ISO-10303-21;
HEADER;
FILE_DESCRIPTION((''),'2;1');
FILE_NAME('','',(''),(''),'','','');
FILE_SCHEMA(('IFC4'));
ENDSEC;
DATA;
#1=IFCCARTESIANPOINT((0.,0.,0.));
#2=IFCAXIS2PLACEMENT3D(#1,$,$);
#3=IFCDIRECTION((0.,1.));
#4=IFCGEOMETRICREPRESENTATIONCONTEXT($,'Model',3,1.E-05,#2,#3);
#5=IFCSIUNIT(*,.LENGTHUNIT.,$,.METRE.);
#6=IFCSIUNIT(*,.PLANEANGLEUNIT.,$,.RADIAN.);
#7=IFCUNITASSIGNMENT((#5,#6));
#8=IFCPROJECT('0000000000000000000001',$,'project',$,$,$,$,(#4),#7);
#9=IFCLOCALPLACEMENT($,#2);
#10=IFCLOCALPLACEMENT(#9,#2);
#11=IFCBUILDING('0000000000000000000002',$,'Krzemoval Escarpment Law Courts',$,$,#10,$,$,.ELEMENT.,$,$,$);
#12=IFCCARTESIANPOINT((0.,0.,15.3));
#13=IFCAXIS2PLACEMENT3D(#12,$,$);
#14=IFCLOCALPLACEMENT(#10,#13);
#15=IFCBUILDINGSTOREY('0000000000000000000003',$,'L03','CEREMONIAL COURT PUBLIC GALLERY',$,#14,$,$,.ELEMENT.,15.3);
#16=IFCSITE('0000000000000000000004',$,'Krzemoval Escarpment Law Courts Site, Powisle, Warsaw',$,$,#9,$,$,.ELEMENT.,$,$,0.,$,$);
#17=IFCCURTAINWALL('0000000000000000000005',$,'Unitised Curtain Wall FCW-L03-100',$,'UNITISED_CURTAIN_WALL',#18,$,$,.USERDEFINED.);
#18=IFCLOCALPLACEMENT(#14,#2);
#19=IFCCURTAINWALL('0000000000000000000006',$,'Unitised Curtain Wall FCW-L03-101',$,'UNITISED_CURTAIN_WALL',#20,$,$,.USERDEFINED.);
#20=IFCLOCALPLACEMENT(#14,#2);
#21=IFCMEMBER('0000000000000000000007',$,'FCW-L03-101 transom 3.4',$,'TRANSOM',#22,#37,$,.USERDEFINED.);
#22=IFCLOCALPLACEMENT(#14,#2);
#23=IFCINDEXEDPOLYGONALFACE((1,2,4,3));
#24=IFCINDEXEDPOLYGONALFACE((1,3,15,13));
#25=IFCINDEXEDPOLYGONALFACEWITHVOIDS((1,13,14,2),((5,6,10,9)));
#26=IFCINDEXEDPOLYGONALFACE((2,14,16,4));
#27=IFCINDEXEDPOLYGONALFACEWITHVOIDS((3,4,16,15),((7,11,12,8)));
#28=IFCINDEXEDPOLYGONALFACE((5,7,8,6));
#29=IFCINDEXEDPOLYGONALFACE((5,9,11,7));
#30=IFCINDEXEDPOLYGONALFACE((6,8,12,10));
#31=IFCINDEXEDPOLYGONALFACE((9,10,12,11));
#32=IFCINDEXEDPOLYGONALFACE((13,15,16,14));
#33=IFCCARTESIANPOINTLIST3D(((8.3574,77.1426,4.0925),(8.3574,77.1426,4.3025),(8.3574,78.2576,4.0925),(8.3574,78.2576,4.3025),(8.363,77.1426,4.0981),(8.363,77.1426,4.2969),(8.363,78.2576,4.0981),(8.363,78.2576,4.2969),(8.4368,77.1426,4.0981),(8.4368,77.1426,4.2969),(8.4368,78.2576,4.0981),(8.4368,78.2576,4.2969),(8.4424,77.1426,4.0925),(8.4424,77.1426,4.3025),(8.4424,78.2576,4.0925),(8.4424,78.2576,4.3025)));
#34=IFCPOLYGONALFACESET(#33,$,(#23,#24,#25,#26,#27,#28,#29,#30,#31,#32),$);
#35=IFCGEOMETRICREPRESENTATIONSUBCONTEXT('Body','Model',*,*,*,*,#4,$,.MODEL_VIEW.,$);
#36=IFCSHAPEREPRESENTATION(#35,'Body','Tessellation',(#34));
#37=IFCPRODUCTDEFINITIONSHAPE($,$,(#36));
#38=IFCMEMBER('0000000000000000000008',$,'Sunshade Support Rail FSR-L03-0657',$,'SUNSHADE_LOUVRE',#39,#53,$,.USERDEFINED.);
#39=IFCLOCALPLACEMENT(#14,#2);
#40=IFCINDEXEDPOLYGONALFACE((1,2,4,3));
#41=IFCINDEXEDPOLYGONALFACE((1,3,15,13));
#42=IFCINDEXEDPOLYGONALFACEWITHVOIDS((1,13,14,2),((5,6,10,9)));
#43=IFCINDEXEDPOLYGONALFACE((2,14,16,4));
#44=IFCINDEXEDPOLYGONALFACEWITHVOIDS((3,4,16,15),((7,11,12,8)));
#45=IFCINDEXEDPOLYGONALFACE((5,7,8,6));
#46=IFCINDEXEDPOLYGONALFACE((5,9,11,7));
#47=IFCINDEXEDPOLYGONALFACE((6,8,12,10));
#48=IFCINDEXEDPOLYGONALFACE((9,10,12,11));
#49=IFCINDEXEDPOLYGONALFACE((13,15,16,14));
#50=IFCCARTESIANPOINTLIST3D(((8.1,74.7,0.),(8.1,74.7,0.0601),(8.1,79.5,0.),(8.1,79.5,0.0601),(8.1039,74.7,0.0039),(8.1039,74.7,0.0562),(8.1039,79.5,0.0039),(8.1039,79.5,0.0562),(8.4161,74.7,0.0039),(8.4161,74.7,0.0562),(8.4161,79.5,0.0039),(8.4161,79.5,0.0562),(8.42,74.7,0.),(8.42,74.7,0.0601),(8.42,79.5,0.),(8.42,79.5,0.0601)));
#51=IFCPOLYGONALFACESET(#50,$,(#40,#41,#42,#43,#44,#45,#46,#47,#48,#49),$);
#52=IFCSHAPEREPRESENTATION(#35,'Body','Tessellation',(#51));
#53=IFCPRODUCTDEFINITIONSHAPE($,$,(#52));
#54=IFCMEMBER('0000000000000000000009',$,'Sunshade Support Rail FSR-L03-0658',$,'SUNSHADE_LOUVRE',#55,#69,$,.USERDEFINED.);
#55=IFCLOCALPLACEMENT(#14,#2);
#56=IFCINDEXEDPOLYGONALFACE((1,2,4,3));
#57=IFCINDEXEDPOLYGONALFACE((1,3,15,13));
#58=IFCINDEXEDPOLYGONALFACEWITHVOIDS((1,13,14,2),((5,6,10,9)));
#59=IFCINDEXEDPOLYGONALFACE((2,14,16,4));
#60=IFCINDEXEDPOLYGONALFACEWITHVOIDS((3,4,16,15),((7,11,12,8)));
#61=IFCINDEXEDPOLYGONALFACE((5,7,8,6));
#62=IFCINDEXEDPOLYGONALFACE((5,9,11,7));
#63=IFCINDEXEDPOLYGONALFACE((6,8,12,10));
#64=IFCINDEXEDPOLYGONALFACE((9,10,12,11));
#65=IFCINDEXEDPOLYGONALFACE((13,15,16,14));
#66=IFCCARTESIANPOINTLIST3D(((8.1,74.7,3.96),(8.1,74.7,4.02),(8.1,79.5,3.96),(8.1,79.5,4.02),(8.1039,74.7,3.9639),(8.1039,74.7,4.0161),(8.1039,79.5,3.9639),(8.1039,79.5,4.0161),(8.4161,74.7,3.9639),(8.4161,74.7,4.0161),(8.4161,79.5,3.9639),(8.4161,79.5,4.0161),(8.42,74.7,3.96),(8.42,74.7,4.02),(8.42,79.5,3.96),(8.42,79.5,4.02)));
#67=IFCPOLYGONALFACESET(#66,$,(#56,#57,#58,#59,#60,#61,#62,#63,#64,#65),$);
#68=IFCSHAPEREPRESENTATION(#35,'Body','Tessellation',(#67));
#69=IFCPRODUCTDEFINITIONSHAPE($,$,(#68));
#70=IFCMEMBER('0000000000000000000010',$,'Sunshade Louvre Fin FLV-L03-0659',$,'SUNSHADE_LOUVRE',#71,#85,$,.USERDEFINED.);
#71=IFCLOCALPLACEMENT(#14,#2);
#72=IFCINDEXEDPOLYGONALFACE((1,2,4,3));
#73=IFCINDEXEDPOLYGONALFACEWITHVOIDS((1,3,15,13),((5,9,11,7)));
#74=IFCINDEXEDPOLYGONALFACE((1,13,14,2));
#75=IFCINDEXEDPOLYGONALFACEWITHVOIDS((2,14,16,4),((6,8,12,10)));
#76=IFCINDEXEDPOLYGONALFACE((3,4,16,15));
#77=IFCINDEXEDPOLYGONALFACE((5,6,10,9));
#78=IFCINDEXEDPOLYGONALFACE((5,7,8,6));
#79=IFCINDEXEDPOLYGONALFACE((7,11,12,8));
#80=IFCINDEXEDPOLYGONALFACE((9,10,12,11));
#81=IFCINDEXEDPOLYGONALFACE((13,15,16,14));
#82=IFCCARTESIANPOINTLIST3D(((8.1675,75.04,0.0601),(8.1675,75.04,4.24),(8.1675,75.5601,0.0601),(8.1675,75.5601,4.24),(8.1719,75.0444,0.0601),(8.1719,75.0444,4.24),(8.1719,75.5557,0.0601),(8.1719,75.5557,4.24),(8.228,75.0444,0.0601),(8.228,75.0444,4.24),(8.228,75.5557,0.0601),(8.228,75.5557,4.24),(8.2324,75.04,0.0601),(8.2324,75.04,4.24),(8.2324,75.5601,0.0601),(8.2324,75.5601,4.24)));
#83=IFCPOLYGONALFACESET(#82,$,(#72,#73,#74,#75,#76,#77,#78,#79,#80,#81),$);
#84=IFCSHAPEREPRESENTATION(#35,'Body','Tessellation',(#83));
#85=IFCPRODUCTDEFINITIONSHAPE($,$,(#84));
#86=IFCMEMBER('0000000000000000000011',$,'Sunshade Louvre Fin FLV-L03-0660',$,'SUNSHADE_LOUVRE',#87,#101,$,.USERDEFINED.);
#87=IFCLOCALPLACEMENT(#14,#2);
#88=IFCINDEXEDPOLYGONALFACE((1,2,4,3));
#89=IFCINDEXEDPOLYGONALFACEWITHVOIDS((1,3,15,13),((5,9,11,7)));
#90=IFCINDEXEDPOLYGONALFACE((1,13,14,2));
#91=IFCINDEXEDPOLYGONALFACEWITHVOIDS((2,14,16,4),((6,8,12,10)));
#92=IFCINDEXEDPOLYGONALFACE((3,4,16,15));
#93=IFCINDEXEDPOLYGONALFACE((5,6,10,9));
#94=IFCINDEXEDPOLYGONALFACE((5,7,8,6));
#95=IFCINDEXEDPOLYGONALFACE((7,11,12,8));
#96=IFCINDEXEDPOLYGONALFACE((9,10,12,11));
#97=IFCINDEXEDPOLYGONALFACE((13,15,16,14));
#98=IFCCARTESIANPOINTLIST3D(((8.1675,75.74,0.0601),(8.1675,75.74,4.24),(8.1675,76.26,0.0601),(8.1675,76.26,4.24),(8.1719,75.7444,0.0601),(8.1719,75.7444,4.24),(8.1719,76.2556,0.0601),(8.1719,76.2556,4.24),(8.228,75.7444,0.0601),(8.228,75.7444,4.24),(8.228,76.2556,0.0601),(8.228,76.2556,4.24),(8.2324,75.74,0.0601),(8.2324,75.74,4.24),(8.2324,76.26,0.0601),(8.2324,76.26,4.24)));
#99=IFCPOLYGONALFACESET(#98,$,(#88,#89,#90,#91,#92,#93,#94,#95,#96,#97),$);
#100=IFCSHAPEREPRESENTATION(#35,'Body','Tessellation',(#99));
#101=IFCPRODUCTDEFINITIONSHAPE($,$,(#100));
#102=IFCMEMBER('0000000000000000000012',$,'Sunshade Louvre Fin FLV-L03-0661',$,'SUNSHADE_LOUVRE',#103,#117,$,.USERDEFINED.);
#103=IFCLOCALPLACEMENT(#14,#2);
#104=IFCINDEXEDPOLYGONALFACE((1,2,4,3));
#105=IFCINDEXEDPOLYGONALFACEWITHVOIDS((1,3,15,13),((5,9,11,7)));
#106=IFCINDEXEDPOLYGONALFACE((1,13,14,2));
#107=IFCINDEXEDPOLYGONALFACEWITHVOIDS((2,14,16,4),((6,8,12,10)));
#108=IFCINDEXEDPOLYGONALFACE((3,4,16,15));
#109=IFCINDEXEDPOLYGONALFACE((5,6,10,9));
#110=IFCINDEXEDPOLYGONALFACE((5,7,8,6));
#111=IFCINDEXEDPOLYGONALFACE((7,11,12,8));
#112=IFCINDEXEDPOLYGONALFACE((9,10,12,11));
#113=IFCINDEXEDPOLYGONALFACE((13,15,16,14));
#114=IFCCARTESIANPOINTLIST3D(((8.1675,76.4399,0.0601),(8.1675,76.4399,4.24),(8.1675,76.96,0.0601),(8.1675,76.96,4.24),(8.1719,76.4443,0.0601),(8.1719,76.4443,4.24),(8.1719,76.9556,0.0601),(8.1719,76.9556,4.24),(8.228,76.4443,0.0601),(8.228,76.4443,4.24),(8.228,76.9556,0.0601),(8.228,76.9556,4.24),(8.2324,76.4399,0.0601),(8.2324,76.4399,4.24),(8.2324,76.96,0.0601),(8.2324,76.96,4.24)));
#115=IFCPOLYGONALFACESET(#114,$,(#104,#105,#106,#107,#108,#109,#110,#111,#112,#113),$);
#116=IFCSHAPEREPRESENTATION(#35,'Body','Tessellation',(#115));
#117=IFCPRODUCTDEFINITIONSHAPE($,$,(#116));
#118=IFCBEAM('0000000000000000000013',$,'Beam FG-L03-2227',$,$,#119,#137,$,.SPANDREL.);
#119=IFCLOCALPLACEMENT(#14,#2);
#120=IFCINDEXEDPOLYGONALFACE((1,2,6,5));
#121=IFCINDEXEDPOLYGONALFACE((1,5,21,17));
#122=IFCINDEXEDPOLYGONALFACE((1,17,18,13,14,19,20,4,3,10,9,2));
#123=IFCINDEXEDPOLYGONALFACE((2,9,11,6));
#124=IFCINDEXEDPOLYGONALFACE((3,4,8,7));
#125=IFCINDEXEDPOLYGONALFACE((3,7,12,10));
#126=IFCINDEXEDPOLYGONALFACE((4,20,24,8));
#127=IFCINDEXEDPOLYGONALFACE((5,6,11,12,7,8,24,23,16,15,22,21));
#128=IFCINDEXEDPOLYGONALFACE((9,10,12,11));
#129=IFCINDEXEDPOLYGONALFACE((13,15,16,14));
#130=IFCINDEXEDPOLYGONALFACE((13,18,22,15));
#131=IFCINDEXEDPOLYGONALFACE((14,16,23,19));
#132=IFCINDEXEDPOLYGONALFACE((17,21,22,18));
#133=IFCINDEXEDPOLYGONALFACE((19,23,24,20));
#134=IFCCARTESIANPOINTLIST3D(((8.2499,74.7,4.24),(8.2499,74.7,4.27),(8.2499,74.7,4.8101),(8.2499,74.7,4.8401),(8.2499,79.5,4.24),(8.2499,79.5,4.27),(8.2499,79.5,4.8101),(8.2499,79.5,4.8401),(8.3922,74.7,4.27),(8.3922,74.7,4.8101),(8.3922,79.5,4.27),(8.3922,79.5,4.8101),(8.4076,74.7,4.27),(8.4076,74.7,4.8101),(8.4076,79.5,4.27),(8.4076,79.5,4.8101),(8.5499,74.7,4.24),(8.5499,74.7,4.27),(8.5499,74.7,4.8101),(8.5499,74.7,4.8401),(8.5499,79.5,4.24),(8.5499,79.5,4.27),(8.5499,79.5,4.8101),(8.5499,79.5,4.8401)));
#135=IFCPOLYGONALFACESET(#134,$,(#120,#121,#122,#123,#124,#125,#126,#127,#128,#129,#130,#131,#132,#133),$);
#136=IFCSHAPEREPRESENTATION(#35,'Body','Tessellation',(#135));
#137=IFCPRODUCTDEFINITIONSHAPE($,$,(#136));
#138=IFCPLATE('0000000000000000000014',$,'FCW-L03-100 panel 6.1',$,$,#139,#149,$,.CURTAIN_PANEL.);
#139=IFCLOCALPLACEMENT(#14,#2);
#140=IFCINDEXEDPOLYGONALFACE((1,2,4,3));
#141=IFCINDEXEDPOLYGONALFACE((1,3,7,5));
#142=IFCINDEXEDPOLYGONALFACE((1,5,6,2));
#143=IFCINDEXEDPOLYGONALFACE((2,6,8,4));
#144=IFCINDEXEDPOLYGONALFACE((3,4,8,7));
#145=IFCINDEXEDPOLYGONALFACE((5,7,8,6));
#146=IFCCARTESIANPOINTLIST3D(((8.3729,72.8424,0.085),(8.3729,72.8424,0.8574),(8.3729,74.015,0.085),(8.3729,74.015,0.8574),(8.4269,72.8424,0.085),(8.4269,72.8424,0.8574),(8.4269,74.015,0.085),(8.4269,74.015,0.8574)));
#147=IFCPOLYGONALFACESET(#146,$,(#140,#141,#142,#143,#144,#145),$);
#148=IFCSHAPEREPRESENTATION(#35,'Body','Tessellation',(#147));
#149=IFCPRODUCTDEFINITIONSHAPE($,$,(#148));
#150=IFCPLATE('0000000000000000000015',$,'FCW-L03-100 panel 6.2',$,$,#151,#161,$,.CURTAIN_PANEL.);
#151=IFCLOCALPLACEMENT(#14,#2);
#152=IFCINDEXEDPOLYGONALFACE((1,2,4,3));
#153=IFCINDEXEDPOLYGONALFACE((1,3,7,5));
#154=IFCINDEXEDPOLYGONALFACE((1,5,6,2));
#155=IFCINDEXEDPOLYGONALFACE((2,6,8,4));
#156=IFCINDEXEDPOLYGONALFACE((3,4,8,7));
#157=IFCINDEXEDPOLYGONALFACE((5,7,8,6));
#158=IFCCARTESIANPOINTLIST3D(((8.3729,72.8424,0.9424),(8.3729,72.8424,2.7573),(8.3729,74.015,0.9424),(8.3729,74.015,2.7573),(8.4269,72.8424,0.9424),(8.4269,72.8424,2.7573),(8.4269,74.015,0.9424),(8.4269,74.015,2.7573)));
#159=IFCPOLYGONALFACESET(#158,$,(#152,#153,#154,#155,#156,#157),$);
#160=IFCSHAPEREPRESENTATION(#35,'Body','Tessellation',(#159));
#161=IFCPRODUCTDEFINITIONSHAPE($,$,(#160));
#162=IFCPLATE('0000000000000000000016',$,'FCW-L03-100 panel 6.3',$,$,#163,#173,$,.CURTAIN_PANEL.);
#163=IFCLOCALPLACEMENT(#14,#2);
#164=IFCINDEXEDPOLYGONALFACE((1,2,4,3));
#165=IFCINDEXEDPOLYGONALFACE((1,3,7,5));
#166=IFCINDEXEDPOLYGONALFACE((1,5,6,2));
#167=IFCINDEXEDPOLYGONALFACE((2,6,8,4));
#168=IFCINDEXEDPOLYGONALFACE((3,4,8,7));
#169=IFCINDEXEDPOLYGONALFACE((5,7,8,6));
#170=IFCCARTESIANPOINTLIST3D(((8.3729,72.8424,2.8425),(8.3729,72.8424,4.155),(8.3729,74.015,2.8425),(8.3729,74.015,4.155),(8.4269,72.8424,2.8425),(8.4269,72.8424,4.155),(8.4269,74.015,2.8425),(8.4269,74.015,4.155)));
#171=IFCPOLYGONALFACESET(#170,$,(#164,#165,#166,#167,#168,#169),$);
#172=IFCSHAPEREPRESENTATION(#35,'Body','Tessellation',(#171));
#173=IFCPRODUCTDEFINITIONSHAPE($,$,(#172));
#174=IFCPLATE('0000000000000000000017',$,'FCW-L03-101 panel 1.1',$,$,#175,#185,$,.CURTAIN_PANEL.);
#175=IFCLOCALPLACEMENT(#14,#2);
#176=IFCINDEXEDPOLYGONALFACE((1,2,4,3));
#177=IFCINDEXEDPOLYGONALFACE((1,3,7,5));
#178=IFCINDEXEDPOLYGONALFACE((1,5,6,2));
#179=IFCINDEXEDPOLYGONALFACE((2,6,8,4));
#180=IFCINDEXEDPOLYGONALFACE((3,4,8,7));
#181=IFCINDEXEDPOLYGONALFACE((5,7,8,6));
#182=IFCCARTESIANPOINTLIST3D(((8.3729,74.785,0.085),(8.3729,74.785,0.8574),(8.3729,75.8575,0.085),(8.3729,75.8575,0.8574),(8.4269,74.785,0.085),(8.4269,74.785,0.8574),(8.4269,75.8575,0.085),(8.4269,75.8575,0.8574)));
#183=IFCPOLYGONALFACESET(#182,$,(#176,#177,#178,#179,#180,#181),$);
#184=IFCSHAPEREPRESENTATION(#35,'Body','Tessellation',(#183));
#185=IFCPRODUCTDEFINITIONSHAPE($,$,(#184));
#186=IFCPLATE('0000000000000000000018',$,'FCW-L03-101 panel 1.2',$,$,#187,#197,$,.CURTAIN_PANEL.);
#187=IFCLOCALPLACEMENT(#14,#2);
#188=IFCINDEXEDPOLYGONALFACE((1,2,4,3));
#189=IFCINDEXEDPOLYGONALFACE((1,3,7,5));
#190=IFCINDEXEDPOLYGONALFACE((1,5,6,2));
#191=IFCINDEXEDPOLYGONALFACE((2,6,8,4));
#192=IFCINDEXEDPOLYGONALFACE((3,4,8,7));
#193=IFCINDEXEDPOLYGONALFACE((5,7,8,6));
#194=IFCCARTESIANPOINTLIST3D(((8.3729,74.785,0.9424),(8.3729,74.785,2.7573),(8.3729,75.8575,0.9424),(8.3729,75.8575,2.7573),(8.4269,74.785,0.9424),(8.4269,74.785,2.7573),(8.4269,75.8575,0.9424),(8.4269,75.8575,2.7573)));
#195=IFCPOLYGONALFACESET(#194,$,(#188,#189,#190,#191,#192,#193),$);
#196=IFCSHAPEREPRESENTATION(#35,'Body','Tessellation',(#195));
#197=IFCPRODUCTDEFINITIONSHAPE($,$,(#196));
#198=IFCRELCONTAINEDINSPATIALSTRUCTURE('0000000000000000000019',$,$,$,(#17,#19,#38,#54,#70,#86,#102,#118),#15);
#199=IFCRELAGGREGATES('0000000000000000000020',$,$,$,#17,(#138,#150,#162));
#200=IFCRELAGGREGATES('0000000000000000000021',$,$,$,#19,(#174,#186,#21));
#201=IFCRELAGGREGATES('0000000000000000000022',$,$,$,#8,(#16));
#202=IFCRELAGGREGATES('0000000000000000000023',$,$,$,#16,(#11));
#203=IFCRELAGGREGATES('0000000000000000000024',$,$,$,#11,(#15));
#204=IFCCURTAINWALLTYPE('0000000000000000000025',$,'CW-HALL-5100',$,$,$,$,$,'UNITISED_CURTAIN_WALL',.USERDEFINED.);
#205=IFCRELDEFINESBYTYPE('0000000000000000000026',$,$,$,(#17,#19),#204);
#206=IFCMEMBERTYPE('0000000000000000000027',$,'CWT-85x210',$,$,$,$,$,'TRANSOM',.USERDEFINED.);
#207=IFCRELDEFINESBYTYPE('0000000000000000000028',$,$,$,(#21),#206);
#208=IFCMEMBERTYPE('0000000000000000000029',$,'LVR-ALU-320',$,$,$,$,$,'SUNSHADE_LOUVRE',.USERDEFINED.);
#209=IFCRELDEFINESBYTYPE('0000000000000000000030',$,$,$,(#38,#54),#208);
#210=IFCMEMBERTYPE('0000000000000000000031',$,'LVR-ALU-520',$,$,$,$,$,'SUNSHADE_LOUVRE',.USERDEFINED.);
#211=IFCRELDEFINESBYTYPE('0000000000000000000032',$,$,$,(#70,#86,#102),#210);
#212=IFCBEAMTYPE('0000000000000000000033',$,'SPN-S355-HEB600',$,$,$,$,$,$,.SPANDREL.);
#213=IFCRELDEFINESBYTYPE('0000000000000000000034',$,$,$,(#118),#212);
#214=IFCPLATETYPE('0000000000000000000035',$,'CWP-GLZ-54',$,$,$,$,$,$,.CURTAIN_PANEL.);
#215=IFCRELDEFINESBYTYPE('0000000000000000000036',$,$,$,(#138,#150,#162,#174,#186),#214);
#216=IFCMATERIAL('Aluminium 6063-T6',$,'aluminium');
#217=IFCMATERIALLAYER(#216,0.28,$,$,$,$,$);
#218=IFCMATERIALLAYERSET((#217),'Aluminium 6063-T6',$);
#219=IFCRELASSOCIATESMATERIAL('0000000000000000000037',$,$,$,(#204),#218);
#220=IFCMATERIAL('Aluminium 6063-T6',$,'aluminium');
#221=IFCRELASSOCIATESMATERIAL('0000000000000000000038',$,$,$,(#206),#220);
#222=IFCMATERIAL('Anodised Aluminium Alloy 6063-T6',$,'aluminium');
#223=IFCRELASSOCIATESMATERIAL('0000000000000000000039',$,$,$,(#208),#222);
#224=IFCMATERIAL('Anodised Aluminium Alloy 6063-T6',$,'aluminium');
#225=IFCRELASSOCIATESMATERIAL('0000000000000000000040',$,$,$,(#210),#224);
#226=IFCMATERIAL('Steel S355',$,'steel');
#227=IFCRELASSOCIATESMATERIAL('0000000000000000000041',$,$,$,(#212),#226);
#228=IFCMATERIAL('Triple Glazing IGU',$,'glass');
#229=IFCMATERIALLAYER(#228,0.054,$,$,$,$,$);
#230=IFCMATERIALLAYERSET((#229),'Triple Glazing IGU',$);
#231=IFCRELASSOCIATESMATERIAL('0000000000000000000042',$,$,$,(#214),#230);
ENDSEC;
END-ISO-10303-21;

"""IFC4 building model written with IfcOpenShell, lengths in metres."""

from ifc_helpers import new_model, si_unit, direction, frame, origin, origin_2d, place, context, subcontext, project, spatial, rectangle, hollow_rectangle, i_section, extrude, material, layer, layer_set, material_profile, profile_set, type_object, element, aggregate, save


model = new_model("IFC4")

# Units and contexts
model_context = context("Model", 3, precision=1e-05, world=origin(), true_north=direction((0.0, 1.0)))
body_context = subcontext(model_context, "Body", "Model", "MODEL_VIEW")
ifc_project = project(units=[si_unit("LENGTHUNIT", "METRE"), si_unit("PLANEANGLEUNIT", "RADIAN")], contexts=[model_context])

# Site, building, storey
site_placement = place(None, origin())
site = spatial("IfcSite", under=ifc_project, at=site_placement, Name="Krzemoval Escarpment Law Courts Site, Powisle, Warsaw", CompositionType="ELEMENT", RefElevation=0.0)
building_placement = place(site_placement, origin())
building = spatial("IfcBuilding", under=site, at=building_placement, Name="Krzemoval Escarpment Law Courts", CompositionType="ELEMENT")
storey_placement = place(building_placement, frame((0.0, 0.0, 15.3)))
storey = spatial("IfcBuildingStorey", under=building, at=storey_placement, Name="L03", Description="CEREMONIAL COURT PUBLIC GALLERY", CompositionType="ELEMENT", Elevation=15.3)

# Curtain wall
ifc_material_1 = material(Name="Aluminium 6063-T6", Category="aluminium")
ifc_layer_1 = layer(ifc_material_1, 0.28)
ifc_layer_set_1 = layer_set([ifc_layer_1], Name="Aluminium 6063-T6")
curtain_wall_type = type_object("IfcCurtainWallType", Name="CW-HALL-5100", ElementType="UNITISED_CURTAIN_WALL", PredefinedType="USERDEFINED", material=ifc_layer_set_1)
curtain_wall_1_placement = place(storey_placement, origin())
curtain_wall_1 = element("IfcCurtainWall", 1, at=curtain_wall_1_placement, inside=storey, type_object=curtain_wall_type, Name="Unitised Curtain Wall FCW-L03-100", ObjectType="UNITISED_CURTAIN_WALL", PredefinedType="USERDEFINED")

# Curtain wall
curtain_wall_2_placement = place(storey_placement, origin())
curtain_wall_2 = element("IfcCurtainWall", 2, at=curtain_wall_2_placement, inside=storey, type_object=curtain_wall_type, Name="Unitised Curtain Wall FCW-L03-101", ObjectType="UNITISED_CURTAIN_WALL", PredefinedType="USERDEFINED")

# Member
ifc_material_2 = material(Name="Aluminium 6063-T6", Category="aluminium")
ifc_material_profile_1 = material_profile(ifc_material_2, hollow_rectangle(XDim=0.085, YDim=0.21, WallThickness=0.0056, at=origin_2d()), Name="ALU T85x210")
ifc_profile_set_1 = profile_set([ifc_material_profile_1], Name="Aluminium 6063-T6")
member_type_1 = type_object("IfcMemberType", Name="CWT-85x210", ElementType="TRANSOM", PredefinedType="USERDEFINED", material=ifc_profile_set_1)
member_1_placement = place(storey_placement, frame((8.3999, 77.1426, 4.1975), z_axis=(0.0, 1.0, 0.0), x_axis=(-1.0, 0.0, 0.0)))
member_1 = element("IfcMember", 3, at=member_1_placement, type_object=member_type_1, Name="FCW-L03-101 transom 3.4", ObjectType="TRANSOM", PredefinedType="USERDEFINED", context=body_context, shape_type="SweptSolid", body=[
    extrude(hollow_rectangle(XDim=0.085, YDim=0.21, WallThickness=0.0056, at=origin_2d()), origin(), (0.0, 0.0, 1.0), 1.115),
])

# Members
ifc_material_3 = material(Name="Anodised Aluminium Alloy 6063-T6", Category="aluminium")
ifc_material_profile_2 = material_profile(ifc_material_3, hollow_rectangle(XDim=0.0601, YDim=0.3201, WallThickness=0.0039, at=origin_2d()), Name="ALU LVR 60x320")
ifc_profile_set_2 = profile_set([ifc_material_profile_2], Name="Anodised Aluminium Alloy 6063-T6")
member_type_2 = type_object("IfcMemberType", Name="LVR-ALU-320", ElementType="SUNSHADE_LOUVRE", PredefinedType="USERDEFINED", material=ifc_profile_set_2)
for number, where, z_axis, x_axis, name in (
    (4, (8.26, 74.7, 0.03), (0.0, 1.0, 0.0), (0.0, 0.0, 1.0), "Sunshade Support Rail FSR-L03-0657"),
    (5, (8.26, 74.7, 3.99), (0.0, 1.0, 0.0), (0.0, 0.0, 1.0), "Sunshade Support Rail FSR-L03-0658"),
):
    element("IfcMember", number, at=place(storey_placement, frame(where, z_axis=z_axis, x_axis=x_axis)), inside=storey, type_object=member_type_2, Name=name, ObjectType="SUNSHADE_LOUVRE", PredefinedType="USERDEFINED", context=body_context, shape_type="SweptSolid", body=[
        extrude(hollow_rectangle(XDim=0.0601, YDim=0.3201, WallThickness=0.0039, at=origin_2d()), origin(), (0.0, 0.0, 1.0), 4.8),
    ])
ifc_material_4 = material(Name="Anodised Aluminium Alloy 6063-T6", Category="aluminium")
ifc_material_profile_3 = material_profile(ifc_material_4, hollow_rectangle(XDim=0.0649, YDim=0.52, WallThickness=0.0044, at=origin_2d()), Name="ALU LVR 65x520")
ifc_profile_set_3 = profile_set([ifc_material_profile_3], Name="Anodised Aluminium Alloy 6063-T6")
member_type_3 = type_object("IfcMemberType", Name="LVR-ALU-520", ElementType="SUNSHADE_LOUVRE", PredefinedType="USERDEFINED", material=ifc_profile_set_3)
for number, where, z_axis, x_axis, name in (
    (6, (8.2, 75.3, 0.0601), (0.0, 0.0, 1.0), (1.0, 0.0, 0.0), "Sunshade Louvre Fin FLV-L03-0659"),
    (7, (8.2, 76.0, 0.0601), (0.0, 0.0, 1.0), (1.0, 0.0, 0.0), "Sunshade Louvre Fin FLV-L03-0660"),
    (8, (8.2, 76.7, 0.0601), (0.0, 0.0, 1.0), (1.0, 0.0, 0.0), "Sunshade Louvre Fin FLV-L03-0661"),
):
    element("IfcMember", number, at=place(storey_placement, frame(where, z_axis=z_axis, x_axis=x_axis)), inside=storey, type_object=member_type_3, Name=name, ObjectType="SUNSHADE_LOUVRE", PredefinedType="USERDEFINED", context=body_context, shape_type="SweptSolid", body=[
        extrude(hollow_rectangle(XDim=0.0649, YDim=0.52, WallThickness=0.0044, at=origin_2d()), origin(), (0.0, 0.0, 1.0), 4.1799),
    ])

# Beam
ifc_material_5 = material(Name="Steel S355", Category="steel")
ifc_material_profile_4 = material_profile(ifc_material_5, i_section(OverallWidth=0.3, OverallDepth=0.6001, WebThickness=0.0154, FlangeThickness=0.03, at=origin_2d()), Name="HEB 600")
ifc_profile_set_4 = profile_set([ifc_material_profile_4], Name="Steel S355")
beam_type = type_object("IfcBeamType", Name="SPN-S355-HEB600", PredefinedType="SPANDREL", material=ifc_profile_set_4)
beam_placement = place(storey_placement, frame((8.3999, 74.7, 4.54), z_axis=(0.0, 1.0, 0.0), x_axis=(-1.0, 0.0, 0.0)))
element("IfcBeam", 9, at=beam_placement, inside=storey, type_object=beam_type, Name="Beam FG-L03-2227", PredefinedType="SPANDREL", context=body_context, shape_type="SweptSolid", body=[
    extrude(i_section(OverallWidth=0.3, OverallDepth=0.6001, WebThickness=0.0154, FlangeThickness=0.03, at=origin_2d()), origin(), (0.0, 0.0, 1.0), 4.8),
])

# Plates
ifc_material_6 = material(Name="Triple Glazing IGU", Category="glass")
ifc_layer_2 = layer(ifc_material_6, 0.054)
ifc_layer_set_2 = layer_set([ifc_layer_2], Name="Triple Glazing IGU")
plate_type = type_object("IfcPlateType", Name="CWP-GLZ-54", PredefinedType="CURTAIN_PANEL", material=ifc_layer_set_2)
plate_1_placement = place(storey_placement, frame((8.3999, 73.4287, 0.085), z_axis=(0.0, 0.0, 1.0), x_axis=(0.0, 1.0, 0.0)))
plate_1 = element("IfcPlate", 10, at=plate_1_placement, type_object=plate_type, Name="FCW-L03-100 panel 6.1", PredefinedType="CURTAIN_PANEL", context=body_context, shape_type="SweptSolid", body=[
    extrude(rectangle(XDim=1.1726, YDim=0.054, at=origin_2d()), origin(), (0.0, 0.0, 1.0), 0.7725),
])
plate_2_placement = place(storey_placement, frame((8.3999, 73.4287, 0.9424), z_axis=(0.0, 0.0, 1.0), x_axis=(0.0, 1.0, 0.0)))
plate_2 = element("IfcPlate", 11, at=plate_2_placement, type_object=plate_type, Name="FCW-L03-100 panel 6.2", PredefinedType="CURTAIN_PANEL", context=body_context, shape_type="SweptSolid", body=[
    extrude(rectangle(XDim=1.1726, YDim=0.054, at=origin_2d()), origin(), (0.0, 0.0, 1.0), 1.8149),
])
plate_3_placement = place(storey_placement, frame((8.3999, 73.4287, 2.8425), z_axis=(0.0, 0.0, 1.0), x_axis=(0.0, 1.0, 0.0)))
plate_3 = element("IfcPlate", 12, at=plate_3_placement, type_object=plate_type, Name="FCW-L03-100 panel 6.3", PredefinedType="CURTAIN_PANEL", context=body_context, shape_type="SweptSolid", body=[
    extrude(rectangle(XDim=1.1726, YDim=0.054, at=origin_2d()), origin(), (0.0, 0.0, 1.0), 1.3125),
])
aggregate(curtain_wall_1, [plate_1, plate_2, plate_3])
plate_4_placement = place(storey_placement, frame((8.3999, 75.3213, 0.085), z_axis=(0.0, 0.0, 1.0), x_axis=(0.0, 1.0, 0.0)))
plate_4 = element("IfcPlate", 13, at=plate_4_placement, type_object=plate_type, Name="FCW-L03-101 panel 1.1", PredefinedType="CURTAIN_PANEL", context=body_context, shape_type="SweptSolid", body=[
    extrude(rectangle(XDim=1.0725, YDim=0.054, at=origin_2d()), origin(), (0.0, 0.0, 1.0), 0.7725),
])
plate_5_placement = place(storey_placement, frame((8.3999, 75.3213, 0.9424), z_axis=(0.0, 0.0, 1.0), x_axis=(0.0, 1.0, 0.0)))
plate_5 = element("IfcPlate", 14, at=plate_5_placement, type_object=plate_type, Name="FCW-L03-101 panel 1.2", PredefinedType="CURTAIN_PANEL", context=body_context, shape_type="SweptSolid", body=[
    extrude(rectangle(XDim=1.0725, YDim=0.054, at=origin_2d()), origin(), (0.0, 0.0, 1.0), 1.8149),
])
aggregate(curtain_wall_2, [plate_4, plate_5, member_1])

save(model, "model.ifc")
